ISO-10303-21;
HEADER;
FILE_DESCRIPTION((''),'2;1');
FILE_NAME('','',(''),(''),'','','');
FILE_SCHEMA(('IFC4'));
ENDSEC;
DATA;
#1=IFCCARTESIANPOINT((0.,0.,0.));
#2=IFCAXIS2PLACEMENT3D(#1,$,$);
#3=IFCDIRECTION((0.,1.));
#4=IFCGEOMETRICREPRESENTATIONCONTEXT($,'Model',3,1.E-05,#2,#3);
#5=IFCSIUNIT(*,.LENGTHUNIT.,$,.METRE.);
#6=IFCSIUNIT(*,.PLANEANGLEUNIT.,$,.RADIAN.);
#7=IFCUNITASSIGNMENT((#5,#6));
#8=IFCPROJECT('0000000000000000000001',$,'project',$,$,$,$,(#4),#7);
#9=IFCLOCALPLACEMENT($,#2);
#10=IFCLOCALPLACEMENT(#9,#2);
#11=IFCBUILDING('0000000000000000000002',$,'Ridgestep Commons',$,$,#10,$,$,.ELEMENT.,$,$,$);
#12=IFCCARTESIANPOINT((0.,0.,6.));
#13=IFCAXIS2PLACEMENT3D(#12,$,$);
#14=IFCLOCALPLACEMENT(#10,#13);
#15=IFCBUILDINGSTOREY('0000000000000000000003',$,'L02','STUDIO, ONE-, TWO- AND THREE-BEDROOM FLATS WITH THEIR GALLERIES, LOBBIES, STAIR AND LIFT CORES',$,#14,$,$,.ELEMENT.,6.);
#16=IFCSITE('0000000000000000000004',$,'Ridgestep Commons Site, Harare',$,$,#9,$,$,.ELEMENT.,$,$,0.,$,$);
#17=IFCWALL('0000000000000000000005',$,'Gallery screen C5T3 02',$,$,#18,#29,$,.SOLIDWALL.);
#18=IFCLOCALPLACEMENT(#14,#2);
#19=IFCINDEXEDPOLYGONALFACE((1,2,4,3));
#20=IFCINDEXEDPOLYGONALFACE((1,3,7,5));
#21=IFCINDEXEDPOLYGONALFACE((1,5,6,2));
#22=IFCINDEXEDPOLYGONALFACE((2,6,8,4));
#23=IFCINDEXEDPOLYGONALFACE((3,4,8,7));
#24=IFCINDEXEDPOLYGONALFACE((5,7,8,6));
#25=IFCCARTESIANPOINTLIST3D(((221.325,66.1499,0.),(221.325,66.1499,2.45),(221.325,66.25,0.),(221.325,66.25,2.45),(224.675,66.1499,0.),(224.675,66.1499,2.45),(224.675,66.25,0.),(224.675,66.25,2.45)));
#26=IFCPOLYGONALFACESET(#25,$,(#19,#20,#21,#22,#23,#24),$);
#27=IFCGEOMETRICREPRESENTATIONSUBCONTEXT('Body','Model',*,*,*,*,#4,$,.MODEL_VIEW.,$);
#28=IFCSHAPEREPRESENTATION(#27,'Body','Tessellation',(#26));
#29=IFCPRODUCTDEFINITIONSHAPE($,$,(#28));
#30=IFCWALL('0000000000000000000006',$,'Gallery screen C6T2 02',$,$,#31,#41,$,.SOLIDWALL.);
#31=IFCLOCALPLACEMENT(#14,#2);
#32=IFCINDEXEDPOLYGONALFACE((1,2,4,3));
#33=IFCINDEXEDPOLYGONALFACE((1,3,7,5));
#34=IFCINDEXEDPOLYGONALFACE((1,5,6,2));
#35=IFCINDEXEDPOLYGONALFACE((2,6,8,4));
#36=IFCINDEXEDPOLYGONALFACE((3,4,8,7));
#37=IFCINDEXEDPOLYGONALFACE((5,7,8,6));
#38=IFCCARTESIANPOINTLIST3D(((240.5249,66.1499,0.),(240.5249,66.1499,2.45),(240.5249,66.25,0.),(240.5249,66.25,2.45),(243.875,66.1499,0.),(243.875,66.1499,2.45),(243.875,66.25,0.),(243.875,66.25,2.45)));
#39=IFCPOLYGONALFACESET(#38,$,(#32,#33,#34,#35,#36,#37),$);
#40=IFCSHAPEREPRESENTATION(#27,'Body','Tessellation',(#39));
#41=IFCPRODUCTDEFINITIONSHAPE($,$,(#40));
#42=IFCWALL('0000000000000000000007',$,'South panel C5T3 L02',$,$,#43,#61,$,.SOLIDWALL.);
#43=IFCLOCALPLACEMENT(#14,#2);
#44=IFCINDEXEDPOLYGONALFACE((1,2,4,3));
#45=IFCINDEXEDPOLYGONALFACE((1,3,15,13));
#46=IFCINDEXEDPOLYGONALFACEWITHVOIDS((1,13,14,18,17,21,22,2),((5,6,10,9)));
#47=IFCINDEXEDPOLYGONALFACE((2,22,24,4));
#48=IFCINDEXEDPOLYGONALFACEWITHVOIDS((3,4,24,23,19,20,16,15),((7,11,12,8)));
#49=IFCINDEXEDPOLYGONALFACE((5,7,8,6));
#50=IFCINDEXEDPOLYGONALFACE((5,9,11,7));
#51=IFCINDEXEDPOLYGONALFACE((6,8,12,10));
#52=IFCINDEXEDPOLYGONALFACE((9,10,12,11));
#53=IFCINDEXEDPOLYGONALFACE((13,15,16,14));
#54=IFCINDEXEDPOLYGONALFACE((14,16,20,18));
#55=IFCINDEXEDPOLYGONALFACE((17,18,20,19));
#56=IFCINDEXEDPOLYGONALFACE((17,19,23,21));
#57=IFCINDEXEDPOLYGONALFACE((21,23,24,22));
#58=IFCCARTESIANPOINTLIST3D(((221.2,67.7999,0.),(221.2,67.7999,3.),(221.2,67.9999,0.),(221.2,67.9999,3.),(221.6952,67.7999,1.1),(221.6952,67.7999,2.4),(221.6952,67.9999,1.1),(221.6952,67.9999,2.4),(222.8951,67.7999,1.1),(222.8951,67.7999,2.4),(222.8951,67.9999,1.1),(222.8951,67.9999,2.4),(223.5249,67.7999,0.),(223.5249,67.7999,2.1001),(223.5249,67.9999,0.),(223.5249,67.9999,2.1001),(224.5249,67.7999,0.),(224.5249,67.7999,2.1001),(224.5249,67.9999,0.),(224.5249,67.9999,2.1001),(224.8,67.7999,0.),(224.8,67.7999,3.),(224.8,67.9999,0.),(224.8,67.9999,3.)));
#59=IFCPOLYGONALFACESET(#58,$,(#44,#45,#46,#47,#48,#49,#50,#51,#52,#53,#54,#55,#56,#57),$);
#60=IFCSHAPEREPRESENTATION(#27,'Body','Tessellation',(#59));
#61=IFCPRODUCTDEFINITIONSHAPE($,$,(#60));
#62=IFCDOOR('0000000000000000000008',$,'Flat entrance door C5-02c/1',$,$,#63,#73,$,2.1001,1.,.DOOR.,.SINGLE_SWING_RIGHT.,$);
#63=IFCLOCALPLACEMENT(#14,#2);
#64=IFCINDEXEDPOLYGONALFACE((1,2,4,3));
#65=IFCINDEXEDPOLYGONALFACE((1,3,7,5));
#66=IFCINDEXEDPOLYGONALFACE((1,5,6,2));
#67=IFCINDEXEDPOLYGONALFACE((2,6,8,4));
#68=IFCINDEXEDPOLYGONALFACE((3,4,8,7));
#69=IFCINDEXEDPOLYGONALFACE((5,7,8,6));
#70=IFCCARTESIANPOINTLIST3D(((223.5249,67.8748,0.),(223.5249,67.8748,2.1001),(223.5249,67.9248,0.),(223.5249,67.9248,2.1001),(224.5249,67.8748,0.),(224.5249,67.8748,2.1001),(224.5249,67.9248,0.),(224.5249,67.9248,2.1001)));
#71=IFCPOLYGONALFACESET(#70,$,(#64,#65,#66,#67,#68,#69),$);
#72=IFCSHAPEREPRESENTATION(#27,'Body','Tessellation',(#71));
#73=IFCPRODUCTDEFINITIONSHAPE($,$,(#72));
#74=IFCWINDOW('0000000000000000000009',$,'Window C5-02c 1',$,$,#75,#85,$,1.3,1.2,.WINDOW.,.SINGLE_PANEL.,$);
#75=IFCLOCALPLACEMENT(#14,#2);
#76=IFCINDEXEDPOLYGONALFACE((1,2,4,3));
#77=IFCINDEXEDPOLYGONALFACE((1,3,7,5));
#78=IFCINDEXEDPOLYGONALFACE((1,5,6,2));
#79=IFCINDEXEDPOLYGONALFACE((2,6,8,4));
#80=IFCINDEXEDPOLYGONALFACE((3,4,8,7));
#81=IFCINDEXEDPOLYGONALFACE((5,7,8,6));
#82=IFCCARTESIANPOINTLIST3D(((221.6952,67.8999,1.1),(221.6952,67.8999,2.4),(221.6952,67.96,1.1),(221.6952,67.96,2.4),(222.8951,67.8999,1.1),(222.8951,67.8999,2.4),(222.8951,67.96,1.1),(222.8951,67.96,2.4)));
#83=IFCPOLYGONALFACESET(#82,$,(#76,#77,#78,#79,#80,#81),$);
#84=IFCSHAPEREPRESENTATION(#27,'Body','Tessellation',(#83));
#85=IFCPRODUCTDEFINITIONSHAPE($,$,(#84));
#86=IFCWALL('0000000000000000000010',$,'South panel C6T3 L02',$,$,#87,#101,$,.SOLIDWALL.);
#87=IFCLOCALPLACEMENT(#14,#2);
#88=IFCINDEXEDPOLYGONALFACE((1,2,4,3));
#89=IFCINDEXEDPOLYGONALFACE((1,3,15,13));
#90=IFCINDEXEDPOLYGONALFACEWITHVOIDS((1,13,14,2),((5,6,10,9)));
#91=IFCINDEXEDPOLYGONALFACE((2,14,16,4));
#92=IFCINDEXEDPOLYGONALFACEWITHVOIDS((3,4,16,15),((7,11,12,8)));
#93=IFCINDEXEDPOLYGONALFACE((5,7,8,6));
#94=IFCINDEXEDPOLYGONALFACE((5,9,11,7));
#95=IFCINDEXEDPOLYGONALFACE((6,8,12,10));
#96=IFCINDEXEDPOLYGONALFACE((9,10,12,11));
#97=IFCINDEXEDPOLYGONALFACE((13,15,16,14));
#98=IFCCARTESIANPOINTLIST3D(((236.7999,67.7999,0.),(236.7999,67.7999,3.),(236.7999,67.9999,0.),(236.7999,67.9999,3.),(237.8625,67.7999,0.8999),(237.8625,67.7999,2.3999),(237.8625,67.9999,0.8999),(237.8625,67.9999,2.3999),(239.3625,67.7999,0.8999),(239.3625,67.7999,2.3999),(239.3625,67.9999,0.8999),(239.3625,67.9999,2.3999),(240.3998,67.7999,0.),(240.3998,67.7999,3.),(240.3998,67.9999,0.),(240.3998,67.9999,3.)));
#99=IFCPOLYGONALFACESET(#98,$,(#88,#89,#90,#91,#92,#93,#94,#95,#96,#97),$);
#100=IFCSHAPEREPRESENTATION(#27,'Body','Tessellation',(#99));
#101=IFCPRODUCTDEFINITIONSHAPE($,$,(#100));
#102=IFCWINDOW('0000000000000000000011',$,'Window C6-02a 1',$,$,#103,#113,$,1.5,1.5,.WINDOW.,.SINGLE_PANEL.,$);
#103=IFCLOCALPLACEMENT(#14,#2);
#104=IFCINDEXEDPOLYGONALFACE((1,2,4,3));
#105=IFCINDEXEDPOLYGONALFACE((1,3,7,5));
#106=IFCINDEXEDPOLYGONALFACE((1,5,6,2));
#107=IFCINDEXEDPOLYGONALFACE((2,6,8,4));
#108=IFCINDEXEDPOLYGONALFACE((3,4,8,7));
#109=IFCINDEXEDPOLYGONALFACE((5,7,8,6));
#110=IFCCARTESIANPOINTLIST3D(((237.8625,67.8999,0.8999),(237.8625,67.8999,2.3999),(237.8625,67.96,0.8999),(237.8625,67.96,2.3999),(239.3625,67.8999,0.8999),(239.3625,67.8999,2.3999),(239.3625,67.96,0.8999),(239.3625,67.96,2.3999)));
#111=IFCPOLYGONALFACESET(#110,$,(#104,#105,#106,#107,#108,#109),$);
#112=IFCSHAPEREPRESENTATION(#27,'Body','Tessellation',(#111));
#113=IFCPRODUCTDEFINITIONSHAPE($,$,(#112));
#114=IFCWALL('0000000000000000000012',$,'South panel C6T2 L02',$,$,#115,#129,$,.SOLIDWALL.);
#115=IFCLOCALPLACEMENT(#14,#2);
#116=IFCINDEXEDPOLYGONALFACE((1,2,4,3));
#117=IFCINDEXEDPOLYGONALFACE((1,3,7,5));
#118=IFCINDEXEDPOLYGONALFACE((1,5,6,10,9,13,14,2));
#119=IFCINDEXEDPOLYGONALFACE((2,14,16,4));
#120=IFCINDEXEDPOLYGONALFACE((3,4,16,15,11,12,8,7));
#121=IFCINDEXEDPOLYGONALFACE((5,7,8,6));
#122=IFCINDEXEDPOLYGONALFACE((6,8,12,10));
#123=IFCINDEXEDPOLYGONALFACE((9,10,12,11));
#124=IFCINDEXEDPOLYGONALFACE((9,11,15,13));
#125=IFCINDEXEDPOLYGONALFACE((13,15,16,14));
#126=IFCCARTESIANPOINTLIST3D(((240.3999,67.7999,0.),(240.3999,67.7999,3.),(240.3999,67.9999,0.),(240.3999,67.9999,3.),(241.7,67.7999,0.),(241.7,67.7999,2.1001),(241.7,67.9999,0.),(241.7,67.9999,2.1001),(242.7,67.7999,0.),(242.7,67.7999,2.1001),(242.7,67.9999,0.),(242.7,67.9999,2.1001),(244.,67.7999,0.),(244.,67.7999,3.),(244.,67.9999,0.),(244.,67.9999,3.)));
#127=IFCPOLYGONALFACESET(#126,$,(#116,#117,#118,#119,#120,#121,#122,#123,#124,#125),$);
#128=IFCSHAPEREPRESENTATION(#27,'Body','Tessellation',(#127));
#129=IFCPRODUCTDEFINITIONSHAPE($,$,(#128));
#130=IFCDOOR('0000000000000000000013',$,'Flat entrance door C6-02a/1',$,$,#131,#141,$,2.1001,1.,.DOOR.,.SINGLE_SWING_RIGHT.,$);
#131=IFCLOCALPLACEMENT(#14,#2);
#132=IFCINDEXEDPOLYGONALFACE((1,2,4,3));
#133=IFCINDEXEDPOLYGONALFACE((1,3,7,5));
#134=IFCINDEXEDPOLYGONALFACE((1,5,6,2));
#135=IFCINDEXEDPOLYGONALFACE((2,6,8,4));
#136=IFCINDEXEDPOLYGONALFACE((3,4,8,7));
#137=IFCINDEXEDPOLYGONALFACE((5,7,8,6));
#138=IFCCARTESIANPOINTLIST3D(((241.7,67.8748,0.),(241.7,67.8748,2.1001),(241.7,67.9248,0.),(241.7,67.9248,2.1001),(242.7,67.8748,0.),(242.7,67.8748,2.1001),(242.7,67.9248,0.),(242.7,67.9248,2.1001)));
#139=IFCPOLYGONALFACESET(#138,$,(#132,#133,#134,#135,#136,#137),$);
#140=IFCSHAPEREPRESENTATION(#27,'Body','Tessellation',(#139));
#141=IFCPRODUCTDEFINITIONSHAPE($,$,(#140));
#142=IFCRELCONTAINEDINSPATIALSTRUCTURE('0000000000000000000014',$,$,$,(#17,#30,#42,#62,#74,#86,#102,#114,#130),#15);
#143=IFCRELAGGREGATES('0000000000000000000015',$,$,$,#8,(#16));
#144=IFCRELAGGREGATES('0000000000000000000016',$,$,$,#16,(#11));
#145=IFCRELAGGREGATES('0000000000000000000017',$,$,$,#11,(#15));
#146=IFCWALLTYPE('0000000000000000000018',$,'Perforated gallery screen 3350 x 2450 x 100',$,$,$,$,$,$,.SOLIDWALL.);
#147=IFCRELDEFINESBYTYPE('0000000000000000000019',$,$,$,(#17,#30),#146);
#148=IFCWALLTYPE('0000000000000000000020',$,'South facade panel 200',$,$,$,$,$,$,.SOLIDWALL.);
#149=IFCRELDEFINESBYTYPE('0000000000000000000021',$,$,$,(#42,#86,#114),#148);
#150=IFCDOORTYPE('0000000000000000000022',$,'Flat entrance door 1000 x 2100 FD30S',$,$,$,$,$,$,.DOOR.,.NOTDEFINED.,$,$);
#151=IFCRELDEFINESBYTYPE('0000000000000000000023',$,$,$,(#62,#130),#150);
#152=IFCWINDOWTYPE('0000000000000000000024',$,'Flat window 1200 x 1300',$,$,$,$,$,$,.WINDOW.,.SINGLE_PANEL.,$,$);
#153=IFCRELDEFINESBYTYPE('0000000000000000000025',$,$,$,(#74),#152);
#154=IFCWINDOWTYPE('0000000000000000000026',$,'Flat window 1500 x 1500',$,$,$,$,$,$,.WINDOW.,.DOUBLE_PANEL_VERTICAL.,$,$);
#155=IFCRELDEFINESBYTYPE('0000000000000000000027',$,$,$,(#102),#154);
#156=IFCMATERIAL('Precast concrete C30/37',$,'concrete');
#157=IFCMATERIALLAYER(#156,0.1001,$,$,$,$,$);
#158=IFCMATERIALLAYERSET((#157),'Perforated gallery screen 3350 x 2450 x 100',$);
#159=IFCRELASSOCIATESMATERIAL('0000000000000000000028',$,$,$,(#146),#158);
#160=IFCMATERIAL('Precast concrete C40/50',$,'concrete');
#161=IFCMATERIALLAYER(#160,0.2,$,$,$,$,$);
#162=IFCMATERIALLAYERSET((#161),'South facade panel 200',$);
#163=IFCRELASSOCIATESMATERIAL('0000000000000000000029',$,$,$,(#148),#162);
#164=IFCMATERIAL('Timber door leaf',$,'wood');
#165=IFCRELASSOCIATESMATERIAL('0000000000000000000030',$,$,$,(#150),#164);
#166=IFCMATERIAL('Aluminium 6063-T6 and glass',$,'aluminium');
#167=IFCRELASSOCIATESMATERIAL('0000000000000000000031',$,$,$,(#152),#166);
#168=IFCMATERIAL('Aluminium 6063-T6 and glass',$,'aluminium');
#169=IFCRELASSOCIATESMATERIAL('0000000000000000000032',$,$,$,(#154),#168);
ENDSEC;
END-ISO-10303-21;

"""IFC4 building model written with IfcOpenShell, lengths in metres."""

from ifc_helpers import new_model, si_unit, direction, frame, frame_2d, origin, place, context, subcontext, project, spatial, rectangle, extrude, material, layer, layer_set, type_object, element, fill, save


model = new_model("IFC4")

# Units and contexts
model_context = context("Model", 3, precision=1e-05, world=origin(), true_north=direction((0.0, 1.0)))
body_context = subcontext(model_context, "Body", "Model", "MODEL_VIEW")
ifc_project = project(units=[si_unit("LENGTHUNIT", "METRE"), si_unit("PLANEANGLEUNIT", "RADIAN")], contexts=[model_context])

# Site, building, storey
site_placement = place(None, origin())
site = spatial("IfcSite", under=ifc_project, at=site_placement, Name="Ridgestep Commons Site, Harare", CompositionType="ELEMENT", RefElevation=0.0)
building_placement = place(site_placement, origin())
building = spatial("IfcBuilding", under=site, at=building_placement, Name="Ridgestep Commons", CompositionType="ELEMENT")
storey_placement = place(building_placement, frame((0.0, 0.0, 6.0)))
storey = spatial("IfcBuildingStorey", under=building, at=storey_placement, Name="L02", Description="STUDIO, ONE-, TWO- AND THREE-BEDROOM FLATS WITH THEIR GALLERIES, LOBBIES, STAIR AND LIFT CORES", CompositionType="ELEMENT", Elevation=6.0)

# Walls
ifc_material_1 = material(Name="Precast concrete C30/37", Category="concrete")
ifc_layer_1 = layer(ifc_material_1, 0.1001)
ifc_layer_set_1 = layer_set([ifc_layer_1], Name="Perforated gallery screen 3350 x 2450 x 100")
wall_type_1 = type_object("IfcWallType", Name="Perforated gallery screen 3350 x 2450 x 100", PredefinedType="SOLIDWALL", material=ifc_layer_set_1)
for number, where, z_axis, x_axis, name in (
    (1, (221.325, 66.2, 0.0), (0.0, 0.0, 1.0), (1.0, 0.0, 0.0), "Gallery screen C5T3 02"),
    (2, (240.5249, 66.2, 0.0), (0.0, 0.0, 1.0), (1.0, 0.0, 0.0), "Gallery screen C6T2 02"),
):
    element("IfcWall", number, at=place(storey_placement, frame(where, z_axis=z_axis, x_axis=x_axis)), inside=storey, type_object=wall_type_1, Name=name, PredefinedType="SOLIDWALL", context=body_context, shape_type="SweptSolid", body=[
        extrude(rectangle(XDim=3.3501, YDim=0.1001, at=frame_2d((1.675, 0.0))), origin(), (0.0, 0.0, 1.0), 2.45),
    ])

# Wall, openings, door, window
ifc_material_2 = material(Name="Precast concrete C40/50", Category="concrete")
ifc_layer_2 = layer(ifc_material_2, 0.2)
ifc_layer_set_2 = layer_set([ifc_layer_2], Name="South facade panel 200")
wall_type_2 = type_object("IfcWallType", Name="South facade panel 200", PredefinedType="SOLIDWALL", material=ifc_layer_set_2)
wall_1_placement = place(storey_placement, frame((221.2, 67.8999, 0.0), z_axis=(0.0, 0.0, 1.0), x_axis=(1.0, 0.0, 0.0)))
wall_1 = element("IfcWall", 3, at=wall_1_placement, inside=storey, type_object=wall_type_2, Name="South panel C5T3 L02", PredefinedType="SOLIDWALL", context=body_context, shape_type="SweptSolid", body=[
    extrude(rectangle(XDim=3.6001, YDim=0.2, at=frame_2d((1.8, 0.0))), origin(), (0.0, 0.0, 1.0), 3.0),
])
opening_1_placement = place(wall_1_placement, frame((0.4951, 0.0, 1.1001)))
opening_1 = element("IfcOpeningElement", 4, at=opening_1_placement, cuts=wall_1, PredefinedType="OPENING", context=body_context, shape_type="SweptSolid", body=[
    extrude(rectangle(XDim=1.2, YDim=1.3, at=frame_2d((0.6001, 0.6499))), frame((0.0, 0.1099, 0.0), z_axis=(0.0, -1.0, 0.0), x_axis=(1.0, 0.0, 0.0)), (0.0, 0.0, 1.0), 0.22),
])
opening_2_placement = place(wall_1_placement, frame((2.325, 0.0, 0.0)))
opening_2 = element("IfcOpeningElement", 5, at=opening_2_placement, cuts=wall_1, PredefinedType="OPENING", context=body_context, shape_type="SweptSolid", body=[
    extrude(rectangle(XDim=1.0, YDim=2.1001, at=frame_2d((0.5, 1.05))), frame((0.0, 0.1099, 0.0), z_axis=(0.0, -1.0, 0.0), x_axis=(1.0, 0.0, 0.0)), (0.0, 0.0, 1.0), 0.22),
])
ifc_material_3 = material(Name="Timber door leaf", Category="wood")
door_type_1 = type_object("IfcDoorType", Name="Flat entrance door 1000 x 2100 FD30S", OperationType="NOTDEFINED", PredefinedType="DOOR", material=ifc_material_3)
door_1_placement = place(opening_2_placement, origin())
door_1 = element("IfcDoor", 6, at=door_1_placement, inside=storey, type_object=door_type_1, Name="Flat entrance door C5-02c/1", OperationType="SINGLE_SWING_RIGHT", OverallHeight=2.1001, OverallWidth=1.0, PredefinedType="DOOR", context=body_context, shape_type="SweptSolid", body=[
    extrude(rectangle(XDim=1.0, YDim=2.1001, at=frame_2d((0.5, 1.05))), frame((0.0, 0.0249, 0.0), z_axis=(0.0, -1.0, 0.0), x_axis=(1.0, 0.0, 0.0)), (0.0, 0.0, 1.0), 0.05),
])
fill(opening_2, door_1)
ifc_material_4 = material(Name="Aluminium 6063-T6 and glass", Category="aluminium")
window_type_1 = type_object("IfcWindowType", Name="Flat window 1200 x 1300", PartitioningType="SINGLE_PANEL", PredefinedType="WINDOW", material=ifc_material_4)
window_1_placement = place(opening_1_placement, origin())
window_1 = element("IfcWindow", 7, at=window_1_placement, inside=storey, type_object=window_type_1, Name="Window C5-02c 1", OverallHeight=1.3, OverallWidth=1.2, PartitioningType="SINGLE_PANEL", PredefinedType="WINDOW", context=body_context, shape_type="SweptSolid", body=[
    extrude(rectangle(XDim=1.2, YDim=1.3, at=frame_2d((0.6001, 0.6499))), frame((0.0, 0.0601, 0.0), z_axis=(0.0, -1.0, 0.0), x_axis=(1.0, 0.0, 0.0)), (0.0, 0.0, 1.0), 0.0601),
])
fill(opening_1, window_1)

# Wall, opening, window
wall_2_placement = place(storey_placement, frame((236.8, 67.8999, 0.0), z_axis=(0.0, 0.0, 1.0), x_axis=(1.0, 0.0, 0.0)))
wall_2 = element("IfcWall", 8, at=wall_2_placement, inside=storey, type_object=wall_type_2, Name="South panel C6T3 L02", PredefinedType="SOLIDWALL", context=body_context, shape_type="SweptSolid", body=[
    extrude(rectangle(XDim=3.5999, YDim=0.2, at=frame_2d((1.7998, 0.0))), origin(), (0.0, 0.0, 1.0), 3.0),
])
opening_3_placement = place(wall_2_placement, frame((1.0625, 0.0, 0.8999)))
opening_3 = element("IfcOpeningElement", 9, at=opening_3_placement, cuts=wall_2, PredefinedType="OPENING", context=body_context, shape_type="SweptSolid", body=[
    extrude(rectangle(XDim=1.5, YDim=1.5, at=frame_2d((0.75, 0.75))), frame((0.0, 0.1099, 0.0), z_axis=(0.0, -1.0, 0.0), x_axis=(1.0, 0.0, 0.0)), (0.0, 0.0, 1.0), 0.22),
])
ifc_material_5 = material(Name="Aluminium 6063-T6 and glass", Category="aluminium")
window_type_2 = type_object("IfcWindowType", Name="Flat window 1500 x 1500", PartitioningType="DOUBLE_PANEL_VERTICAL", PredefinedType="WINDOW", material=ifc_material_5)
window_2_placement = place(opening_3_placement, origin())
window_2 = element("IfcWindow", 10, at=window_2_placement, inside=storey, type_object=window_type_2, Name="Window C6-02a 1", OverallHeight=1.5, OverallWidth=1.5, PartitioningType="SINGLE_PANEL", PredefinedType="WINDOW", context=body_context, shape_type="SweptSolid", body=[
    extrude(rectangle(XDim=1.5, YDim=1.5, at=frame_2d((0.75, 0.75))), frame((0.0, 0.0601, 0.0), z_axis=(0.0, -1.0, 0.0), x_axis=(1.0, 0.0, 0.0)), (0.0, 0.0, 1.0), 0.0601),
])
fill(opening_3, window_2)

# Wall, opening, door
wall_3_placement = place(storey_placement, frame((240.3999, 67.8999, 0.0), z_axis=(0.0, 0.0, 1.0), x_axis=(1.0, 0.0, 0.0)))
wall_3 = element("IfcWall", 11, at=wall_3_placement, inside=storey, type_object=wall_type_2, Name="South panel C6T2 L02", PredefinedType="SOLIDWALL", context=body_context, shape_type="SweptSolid", body=[
    extrude(rectangle(XDim=3.6001, YDim=0.2, at=frame_2d((1.8, 0.0))), origin(), (0.0, 0.0, 1.0), 3.0),
])
opening_4_placement = place(wall_3_placement, frame((1.3, 0.0, 0.0)))
opening_4 = element("IfcOpeningElement", 12, at=opening_4_placement, cuts=wall_3, PredefinedType="OPENING", context=body_context, shape_type="SweptSolid", body=[
    extrude(rectangle(XDim=1.0, YDim=2.1001, at=frame_2d((0.5, 1.05))), frame((0.0, 0.1099, 0.0), z_axis=(0.0, -1.0, 0.0), x_axis=(1.0, 0.0, 0.0)), (0.0, 0.0, 1.0), 0.22),
])
door_2_placement = place(opening_4_placement, origin())
door_2 = element("IfcDoor", 13, at=door_2_placement, inside=storey, type_object=door_type_1, Name="Flat entrance door C6-02a/1", OperationType="SINGLE_SWING_RIGHT", OverallHeight=2.1001, OverallWidth=1.0, PredefinedType="DOOR", context=body_context, shape_type="SweptSolid", body=[
    extrude(rectangle(XDim=1.0, YDim=2.1001, at=frame_2d((0.5, 1.05))), frame((0.0, 0.0249, 0.0), z_axis=(0.0, -1.0, 0.0), x_axis=(1.0, 0.0, 0.0)), (0.0, 0.0, 1.0), 0.05),
])
fill(opening_4, door_2)

save(model, "model.ifc")
